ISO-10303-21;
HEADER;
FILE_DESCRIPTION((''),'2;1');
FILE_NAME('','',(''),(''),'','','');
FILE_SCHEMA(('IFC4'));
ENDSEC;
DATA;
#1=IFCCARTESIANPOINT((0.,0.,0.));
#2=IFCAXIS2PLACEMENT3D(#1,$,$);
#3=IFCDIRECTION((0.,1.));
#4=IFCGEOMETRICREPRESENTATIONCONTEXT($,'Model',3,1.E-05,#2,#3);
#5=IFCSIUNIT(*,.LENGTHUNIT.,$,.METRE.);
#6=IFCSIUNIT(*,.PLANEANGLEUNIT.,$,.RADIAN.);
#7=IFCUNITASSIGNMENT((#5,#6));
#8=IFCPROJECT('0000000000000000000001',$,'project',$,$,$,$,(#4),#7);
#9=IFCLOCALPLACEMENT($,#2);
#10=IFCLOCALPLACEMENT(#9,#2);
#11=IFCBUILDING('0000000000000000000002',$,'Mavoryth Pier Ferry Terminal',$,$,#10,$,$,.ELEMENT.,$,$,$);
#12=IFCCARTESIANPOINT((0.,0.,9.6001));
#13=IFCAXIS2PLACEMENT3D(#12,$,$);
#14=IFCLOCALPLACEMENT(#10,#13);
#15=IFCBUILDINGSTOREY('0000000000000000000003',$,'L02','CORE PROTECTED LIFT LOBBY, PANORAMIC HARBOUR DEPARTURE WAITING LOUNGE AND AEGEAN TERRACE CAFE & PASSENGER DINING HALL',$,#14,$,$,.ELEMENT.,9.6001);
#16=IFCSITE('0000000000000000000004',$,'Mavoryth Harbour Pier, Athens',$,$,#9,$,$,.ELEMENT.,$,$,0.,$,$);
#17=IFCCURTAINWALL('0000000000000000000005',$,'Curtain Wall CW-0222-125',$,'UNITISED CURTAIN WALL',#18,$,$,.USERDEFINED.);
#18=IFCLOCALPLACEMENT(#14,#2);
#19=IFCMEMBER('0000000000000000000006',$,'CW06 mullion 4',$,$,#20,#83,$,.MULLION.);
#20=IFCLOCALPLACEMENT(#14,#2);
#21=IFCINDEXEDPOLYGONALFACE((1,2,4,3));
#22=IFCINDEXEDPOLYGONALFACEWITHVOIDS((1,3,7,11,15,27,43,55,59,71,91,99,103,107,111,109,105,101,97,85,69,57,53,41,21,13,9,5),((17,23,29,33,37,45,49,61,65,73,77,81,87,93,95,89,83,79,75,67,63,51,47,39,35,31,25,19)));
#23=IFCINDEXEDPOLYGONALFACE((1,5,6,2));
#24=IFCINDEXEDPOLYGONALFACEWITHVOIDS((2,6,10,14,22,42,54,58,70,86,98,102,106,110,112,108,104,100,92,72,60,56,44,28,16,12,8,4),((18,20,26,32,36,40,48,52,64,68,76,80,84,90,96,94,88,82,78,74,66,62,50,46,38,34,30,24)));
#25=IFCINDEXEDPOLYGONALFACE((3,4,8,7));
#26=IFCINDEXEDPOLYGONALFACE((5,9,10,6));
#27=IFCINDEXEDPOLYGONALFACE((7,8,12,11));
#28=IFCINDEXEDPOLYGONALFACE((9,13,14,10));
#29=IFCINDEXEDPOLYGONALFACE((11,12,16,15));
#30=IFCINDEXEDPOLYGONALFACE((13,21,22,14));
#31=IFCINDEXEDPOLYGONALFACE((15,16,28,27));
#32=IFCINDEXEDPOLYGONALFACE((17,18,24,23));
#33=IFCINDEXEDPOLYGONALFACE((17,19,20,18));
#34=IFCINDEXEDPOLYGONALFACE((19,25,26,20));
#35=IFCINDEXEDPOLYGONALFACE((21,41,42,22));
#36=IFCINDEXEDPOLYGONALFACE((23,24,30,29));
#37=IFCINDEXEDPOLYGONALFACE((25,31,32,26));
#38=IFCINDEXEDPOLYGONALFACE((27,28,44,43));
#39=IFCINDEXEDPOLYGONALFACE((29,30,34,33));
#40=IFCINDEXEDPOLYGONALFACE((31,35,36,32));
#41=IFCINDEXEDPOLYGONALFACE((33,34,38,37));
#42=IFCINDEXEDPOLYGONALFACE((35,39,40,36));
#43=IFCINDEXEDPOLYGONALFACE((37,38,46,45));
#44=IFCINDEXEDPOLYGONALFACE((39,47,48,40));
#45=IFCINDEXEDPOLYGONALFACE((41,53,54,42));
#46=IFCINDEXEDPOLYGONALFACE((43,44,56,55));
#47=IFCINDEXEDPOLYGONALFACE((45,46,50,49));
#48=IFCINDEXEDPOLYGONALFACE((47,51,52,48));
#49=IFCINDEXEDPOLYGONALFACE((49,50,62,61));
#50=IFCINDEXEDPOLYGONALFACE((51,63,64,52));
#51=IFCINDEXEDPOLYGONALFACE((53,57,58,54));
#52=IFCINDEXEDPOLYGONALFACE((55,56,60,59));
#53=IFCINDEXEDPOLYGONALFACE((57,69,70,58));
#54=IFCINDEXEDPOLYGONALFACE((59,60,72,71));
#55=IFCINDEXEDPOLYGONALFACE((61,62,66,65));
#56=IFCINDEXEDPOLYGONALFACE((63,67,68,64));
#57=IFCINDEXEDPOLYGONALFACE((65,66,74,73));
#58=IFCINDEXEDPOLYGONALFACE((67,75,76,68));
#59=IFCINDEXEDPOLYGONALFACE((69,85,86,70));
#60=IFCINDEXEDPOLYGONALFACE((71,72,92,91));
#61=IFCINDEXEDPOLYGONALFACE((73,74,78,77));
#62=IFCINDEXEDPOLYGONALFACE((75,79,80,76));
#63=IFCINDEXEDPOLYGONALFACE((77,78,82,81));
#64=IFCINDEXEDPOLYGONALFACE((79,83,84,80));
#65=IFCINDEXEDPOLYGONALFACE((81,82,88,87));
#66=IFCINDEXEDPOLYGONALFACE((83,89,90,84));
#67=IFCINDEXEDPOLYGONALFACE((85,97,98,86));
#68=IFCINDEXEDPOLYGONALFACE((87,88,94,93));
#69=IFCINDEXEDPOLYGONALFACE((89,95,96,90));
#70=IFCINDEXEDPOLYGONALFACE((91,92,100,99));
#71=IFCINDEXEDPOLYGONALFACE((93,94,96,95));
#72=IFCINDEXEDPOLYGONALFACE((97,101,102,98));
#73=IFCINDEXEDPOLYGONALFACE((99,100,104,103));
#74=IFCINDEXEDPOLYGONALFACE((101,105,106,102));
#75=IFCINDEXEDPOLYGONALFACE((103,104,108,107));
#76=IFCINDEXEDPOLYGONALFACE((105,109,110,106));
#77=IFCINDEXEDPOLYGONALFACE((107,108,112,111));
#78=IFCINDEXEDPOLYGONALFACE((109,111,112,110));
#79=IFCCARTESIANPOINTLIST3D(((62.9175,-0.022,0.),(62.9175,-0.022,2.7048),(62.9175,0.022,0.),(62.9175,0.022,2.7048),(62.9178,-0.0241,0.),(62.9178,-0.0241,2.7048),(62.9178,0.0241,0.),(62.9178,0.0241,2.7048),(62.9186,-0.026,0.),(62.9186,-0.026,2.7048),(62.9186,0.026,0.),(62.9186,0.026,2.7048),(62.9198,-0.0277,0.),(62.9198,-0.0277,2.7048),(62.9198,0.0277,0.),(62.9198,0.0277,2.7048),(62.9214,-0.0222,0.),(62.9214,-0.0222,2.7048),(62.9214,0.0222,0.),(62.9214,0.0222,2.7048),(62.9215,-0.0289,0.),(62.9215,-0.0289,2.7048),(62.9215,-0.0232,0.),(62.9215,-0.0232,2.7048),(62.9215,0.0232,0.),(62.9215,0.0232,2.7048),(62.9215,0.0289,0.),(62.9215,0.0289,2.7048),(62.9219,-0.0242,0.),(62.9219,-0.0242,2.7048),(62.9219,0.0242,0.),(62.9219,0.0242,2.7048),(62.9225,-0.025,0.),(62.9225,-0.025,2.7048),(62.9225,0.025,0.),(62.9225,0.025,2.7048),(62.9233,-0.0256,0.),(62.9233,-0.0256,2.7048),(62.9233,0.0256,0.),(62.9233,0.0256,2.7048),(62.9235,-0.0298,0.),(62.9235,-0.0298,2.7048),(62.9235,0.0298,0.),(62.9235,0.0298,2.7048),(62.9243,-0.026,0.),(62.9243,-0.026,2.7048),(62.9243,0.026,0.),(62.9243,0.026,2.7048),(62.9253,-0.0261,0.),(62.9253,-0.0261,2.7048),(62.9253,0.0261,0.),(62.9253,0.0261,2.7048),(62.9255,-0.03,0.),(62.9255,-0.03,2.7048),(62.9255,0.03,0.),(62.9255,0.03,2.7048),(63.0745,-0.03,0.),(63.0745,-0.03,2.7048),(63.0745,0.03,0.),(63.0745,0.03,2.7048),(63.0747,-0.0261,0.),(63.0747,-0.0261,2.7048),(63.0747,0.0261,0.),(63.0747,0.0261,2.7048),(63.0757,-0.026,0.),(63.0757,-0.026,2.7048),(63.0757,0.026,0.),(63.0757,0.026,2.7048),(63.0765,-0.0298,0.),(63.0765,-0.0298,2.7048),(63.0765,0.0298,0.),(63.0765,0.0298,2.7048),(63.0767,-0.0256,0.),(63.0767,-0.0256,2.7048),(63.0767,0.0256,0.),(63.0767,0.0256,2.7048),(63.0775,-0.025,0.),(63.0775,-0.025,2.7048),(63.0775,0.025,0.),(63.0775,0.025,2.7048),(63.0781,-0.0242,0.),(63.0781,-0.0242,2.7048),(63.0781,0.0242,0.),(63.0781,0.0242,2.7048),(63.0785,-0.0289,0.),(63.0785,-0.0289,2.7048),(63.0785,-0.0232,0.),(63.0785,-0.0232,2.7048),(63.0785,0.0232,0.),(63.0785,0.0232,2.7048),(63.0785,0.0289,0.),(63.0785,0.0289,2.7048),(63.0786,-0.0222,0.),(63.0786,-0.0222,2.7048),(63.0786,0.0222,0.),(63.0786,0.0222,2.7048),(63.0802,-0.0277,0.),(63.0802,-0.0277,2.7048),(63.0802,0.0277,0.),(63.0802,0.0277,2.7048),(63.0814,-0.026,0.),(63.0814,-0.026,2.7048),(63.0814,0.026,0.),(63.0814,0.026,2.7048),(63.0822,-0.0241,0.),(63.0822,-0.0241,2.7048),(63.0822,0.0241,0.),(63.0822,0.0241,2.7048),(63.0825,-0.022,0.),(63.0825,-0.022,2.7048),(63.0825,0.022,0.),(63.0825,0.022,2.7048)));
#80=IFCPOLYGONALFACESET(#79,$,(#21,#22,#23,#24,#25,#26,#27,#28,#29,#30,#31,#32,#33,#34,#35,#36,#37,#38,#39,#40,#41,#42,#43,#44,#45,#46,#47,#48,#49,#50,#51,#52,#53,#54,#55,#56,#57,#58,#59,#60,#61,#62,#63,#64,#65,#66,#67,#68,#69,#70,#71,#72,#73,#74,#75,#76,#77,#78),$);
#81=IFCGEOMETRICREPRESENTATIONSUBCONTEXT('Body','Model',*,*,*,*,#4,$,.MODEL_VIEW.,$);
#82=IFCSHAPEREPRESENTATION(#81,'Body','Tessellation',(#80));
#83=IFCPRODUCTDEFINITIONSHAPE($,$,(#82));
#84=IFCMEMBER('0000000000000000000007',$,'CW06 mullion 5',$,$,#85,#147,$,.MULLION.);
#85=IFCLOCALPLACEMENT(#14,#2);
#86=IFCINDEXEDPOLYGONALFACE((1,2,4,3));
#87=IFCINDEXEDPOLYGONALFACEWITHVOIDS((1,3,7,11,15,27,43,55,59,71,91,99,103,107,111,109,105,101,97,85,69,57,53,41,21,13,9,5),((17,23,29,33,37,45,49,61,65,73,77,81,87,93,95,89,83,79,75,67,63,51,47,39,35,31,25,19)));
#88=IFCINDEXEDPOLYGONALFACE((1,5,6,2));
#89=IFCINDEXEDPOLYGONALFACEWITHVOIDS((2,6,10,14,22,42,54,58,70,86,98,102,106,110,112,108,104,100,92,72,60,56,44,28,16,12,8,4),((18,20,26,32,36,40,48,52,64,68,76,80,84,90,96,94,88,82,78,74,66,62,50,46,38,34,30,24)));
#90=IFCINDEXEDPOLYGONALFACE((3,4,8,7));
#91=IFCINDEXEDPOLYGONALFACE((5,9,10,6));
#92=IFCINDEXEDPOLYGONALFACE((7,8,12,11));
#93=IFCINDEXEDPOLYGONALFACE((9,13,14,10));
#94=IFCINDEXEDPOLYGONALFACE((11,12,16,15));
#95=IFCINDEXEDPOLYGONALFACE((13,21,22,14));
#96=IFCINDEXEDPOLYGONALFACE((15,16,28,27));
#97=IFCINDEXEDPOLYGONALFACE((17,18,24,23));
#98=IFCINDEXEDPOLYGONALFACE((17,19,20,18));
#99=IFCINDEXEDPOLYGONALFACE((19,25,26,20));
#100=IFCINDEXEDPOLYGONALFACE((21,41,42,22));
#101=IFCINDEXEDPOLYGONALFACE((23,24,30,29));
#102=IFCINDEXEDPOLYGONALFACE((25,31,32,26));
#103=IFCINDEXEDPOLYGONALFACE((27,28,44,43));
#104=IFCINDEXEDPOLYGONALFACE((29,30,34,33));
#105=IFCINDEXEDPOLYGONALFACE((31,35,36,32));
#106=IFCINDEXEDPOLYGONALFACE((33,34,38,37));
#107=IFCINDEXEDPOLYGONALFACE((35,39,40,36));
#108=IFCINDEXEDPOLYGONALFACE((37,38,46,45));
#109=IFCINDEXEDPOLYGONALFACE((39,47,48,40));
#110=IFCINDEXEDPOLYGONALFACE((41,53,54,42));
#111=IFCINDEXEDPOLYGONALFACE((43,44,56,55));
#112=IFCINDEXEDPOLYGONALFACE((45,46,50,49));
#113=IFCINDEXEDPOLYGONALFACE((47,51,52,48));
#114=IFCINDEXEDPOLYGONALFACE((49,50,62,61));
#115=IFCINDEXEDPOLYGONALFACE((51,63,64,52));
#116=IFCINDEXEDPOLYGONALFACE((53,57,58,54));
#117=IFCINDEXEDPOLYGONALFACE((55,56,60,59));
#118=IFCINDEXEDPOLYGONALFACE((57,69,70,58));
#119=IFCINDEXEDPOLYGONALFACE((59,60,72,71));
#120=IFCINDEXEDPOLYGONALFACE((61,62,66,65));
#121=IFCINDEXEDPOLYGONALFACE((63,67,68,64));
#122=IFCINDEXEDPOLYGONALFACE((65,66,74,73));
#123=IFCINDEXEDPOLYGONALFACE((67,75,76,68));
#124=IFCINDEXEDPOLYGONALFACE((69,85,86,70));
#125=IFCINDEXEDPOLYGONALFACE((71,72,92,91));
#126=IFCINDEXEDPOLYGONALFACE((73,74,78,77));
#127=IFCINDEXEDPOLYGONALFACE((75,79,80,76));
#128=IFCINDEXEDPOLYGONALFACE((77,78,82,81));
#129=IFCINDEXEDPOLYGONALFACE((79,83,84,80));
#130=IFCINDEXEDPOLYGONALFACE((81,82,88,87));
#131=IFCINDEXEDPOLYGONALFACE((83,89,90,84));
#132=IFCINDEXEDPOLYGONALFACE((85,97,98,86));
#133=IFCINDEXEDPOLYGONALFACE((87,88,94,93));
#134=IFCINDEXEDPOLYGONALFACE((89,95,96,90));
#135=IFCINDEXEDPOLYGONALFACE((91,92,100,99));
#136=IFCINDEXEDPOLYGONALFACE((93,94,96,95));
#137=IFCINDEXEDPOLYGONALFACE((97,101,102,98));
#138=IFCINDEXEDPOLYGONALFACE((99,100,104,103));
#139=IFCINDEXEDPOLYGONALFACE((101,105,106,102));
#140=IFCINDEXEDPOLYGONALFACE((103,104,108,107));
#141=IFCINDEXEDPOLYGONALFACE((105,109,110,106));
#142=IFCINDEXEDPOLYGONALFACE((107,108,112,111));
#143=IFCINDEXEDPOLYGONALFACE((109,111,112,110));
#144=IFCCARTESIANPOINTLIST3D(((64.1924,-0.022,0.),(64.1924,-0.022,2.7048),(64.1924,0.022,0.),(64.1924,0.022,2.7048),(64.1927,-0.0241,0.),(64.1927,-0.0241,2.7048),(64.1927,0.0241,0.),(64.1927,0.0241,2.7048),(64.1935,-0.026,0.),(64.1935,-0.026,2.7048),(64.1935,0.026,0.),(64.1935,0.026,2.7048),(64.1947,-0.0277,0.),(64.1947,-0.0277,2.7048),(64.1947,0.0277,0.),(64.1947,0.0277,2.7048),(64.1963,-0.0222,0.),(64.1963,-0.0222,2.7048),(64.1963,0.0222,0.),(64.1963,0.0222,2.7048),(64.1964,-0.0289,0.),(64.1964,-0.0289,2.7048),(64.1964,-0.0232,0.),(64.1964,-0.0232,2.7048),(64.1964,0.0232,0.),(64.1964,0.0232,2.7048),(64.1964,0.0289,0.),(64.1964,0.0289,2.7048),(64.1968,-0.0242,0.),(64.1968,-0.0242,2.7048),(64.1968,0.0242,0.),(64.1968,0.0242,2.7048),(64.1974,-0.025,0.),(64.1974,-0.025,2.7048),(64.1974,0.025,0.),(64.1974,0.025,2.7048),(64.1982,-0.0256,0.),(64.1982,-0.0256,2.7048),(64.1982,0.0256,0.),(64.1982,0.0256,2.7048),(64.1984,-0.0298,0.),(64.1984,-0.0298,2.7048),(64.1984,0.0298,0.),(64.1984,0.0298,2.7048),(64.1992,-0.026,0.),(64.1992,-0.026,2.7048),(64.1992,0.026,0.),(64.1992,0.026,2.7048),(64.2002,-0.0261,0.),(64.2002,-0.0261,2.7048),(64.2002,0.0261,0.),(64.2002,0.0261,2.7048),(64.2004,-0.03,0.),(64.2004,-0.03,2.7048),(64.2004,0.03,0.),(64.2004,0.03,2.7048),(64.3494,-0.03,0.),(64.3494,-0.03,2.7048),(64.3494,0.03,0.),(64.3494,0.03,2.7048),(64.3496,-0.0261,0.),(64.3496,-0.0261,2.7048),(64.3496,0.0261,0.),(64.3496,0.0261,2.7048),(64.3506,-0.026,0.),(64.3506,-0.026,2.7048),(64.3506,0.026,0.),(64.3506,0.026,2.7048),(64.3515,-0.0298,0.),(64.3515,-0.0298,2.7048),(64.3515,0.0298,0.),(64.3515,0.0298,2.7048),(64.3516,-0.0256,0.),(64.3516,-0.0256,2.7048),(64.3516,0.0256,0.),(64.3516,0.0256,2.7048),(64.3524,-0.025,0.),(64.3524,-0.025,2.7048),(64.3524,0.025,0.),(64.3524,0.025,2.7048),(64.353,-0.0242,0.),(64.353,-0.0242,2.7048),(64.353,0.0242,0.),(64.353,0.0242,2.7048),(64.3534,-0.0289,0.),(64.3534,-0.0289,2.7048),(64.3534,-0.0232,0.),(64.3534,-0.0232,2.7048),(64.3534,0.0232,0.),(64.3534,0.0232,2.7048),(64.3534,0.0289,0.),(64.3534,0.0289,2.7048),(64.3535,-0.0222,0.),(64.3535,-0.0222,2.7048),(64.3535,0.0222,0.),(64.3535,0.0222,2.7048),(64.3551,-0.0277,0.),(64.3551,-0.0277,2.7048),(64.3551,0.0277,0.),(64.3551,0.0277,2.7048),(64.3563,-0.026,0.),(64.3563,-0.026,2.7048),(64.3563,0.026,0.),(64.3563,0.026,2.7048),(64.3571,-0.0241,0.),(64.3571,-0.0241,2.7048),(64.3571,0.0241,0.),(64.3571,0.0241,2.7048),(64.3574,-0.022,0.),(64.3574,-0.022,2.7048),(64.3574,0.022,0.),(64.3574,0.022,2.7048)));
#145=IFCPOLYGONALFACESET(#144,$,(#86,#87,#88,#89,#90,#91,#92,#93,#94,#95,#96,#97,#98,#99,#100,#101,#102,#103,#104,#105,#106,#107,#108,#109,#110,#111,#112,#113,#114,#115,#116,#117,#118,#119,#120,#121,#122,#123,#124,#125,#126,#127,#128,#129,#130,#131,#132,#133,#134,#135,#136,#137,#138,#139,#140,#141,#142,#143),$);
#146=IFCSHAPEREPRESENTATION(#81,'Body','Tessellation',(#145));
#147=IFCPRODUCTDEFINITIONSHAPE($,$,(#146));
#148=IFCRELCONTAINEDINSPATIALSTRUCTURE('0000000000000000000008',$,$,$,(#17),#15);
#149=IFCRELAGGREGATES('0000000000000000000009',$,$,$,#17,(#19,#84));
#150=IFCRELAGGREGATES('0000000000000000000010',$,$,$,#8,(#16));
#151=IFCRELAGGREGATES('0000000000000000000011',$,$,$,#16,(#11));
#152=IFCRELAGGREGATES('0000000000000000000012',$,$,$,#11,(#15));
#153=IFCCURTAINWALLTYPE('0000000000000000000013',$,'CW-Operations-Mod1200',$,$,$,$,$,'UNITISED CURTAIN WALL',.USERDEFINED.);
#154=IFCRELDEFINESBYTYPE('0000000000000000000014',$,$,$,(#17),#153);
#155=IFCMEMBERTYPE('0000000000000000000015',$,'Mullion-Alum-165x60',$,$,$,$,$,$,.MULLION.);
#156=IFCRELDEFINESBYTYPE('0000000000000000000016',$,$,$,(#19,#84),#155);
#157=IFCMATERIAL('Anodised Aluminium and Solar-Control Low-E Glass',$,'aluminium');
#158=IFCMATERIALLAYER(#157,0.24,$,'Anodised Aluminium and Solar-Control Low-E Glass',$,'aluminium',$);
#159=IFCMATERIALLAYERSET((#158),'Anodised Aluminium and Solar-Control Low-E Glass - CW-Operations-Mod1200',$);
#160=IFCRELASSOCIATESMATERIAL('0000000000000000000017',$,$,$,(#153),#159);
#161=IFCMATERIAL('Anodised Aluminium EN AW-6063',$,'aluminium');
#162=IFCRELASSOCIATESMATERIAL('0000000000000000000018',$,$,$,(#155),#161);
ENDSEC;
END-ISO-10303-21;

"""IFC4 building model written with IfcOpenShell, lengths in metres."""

from ifc_helpers import new_model, si_unit, direction, frame, origin, origin_2d, place, context, subcontext, project, spatial, hollow_rectangle, extrude, material, layer, layer_set, material_profile, profile_set, type_object, element, aggregate, save


model = new_model("IFC4")

# Units and contexts
model_context = context("Model", 3, precision=1e-05, world=origin(), true_north=direction((0.0, 1.0)))
body_context = subcontext(model_context, "Body", "Model", "MODEL_VIEW")
ifc_project = project(units=[si_unit("LENGTHUNIT", "METRE"), si_unit("PLANEANGLEUNIT", "RADIAN")], contexts=[model_context])

# Site, building, storey
site_placement = place(None, origin())
site = spatial("IfcSite", under=ifc_project, at=site_placement, Name="Mavoryth Harbour Pier, Athens", CompositionType="ELEMENT", RefElevation=0.0)
building_placement = place(site_placement, origin())
building = spatial("IfcBuilding", under=site, at=building_placement, Name="Mavoryth Pier Ferry Terminal", CompositionType="ELEMENT")
storey_placement = place(building_placement, frame((0.0, 0.0, 9.6001)))
storey = spatial("IfcBuildingStorey", under=building, at=storey_placement, Name="L02", Description="CORE PROTECTED LIFT LOBBY, PANORAMIC HARBOUR DEPARTURE WAITING LOUNGE AND AEGEAN TERRACE CAFE & PASSENGER DINING HALL", CompositionType="ELEMENT", Elevation=9.6001)

# Shared definitions
ifc_material_1 = material(Name="Anodised Aluminium and Solar-Control Low-E Glass", Category="aluminium")
ifc_layer_1 = layer(ifc_material_1, 0.24, Name="Anodised Aluminium and Solar-Control Low-E Glass", Category="aluminium")
ifc_layer_set_1 = layer_set([ifc_layer_1], Name="Anodised Aluminium and Solar-Control Low-E Glass - CW-Operations-Mod1200")
curtain_wall_type = type_object("IfcCurtainWallType", Name="CW-Operations-Mod1200", ElementType="UNITISED CURTAIN WALL", PredefinedType="USERDEFINED", material=ifc_layer_set_1)
ifc_material_2 = material(Name="Anodised Aluminium EN AW-6063", Category="aluminium")
ifc_material_profile_1 = material_profile(ifc_material_2, hollow_rectangle(XDim=0.0601, YDim=0.165, WallThickness=0.0039, InnerFilletRadius=0.0039, OuterFilletRadius=0.0081, at=origin_2d()), Name="AL-MULL 165x60x4", Category="aluminium")
ifc_profile_set_1 = profile_set([ifc_material_profile_1], Name="Anodised Aluminium EN AW-6063 - AL-MULL 165x60x4")
member_type_1 = type_object("IfcMemberType", Name="Mullion-Alum-165x60", PredefinedType="MULLION", material=ifc_profile_set_1)

# Curtain wall, members
curtain_wall_1_placement = place(storey_placement, origin())
curtain_wall_1 = element("IfcCurtainWall", 1, at=curtain_wall_1_placement, inside=storey, type_object=curtain_wall_type, Name="Curtain Wall CW-0222-125", ObjectType="UNITISED CURTAIN WALL", PredefinedType="USERDEFINED")
member_1_placement = place(storey_placement, frame((63.0, 0.0, 0.0), z_axis=(0.0, 0.0, 1.0), x_axis=(0.0, 1.0, 0.0)))
member_1 = element("IfcMember", 2, at=member_1_placement, type_object=member_type_1, Name="CW06 mullion 4", PredefinedType="MULLION", context=body_context, shape_type="SweptSolid", body=[
    extrude(hollow_rectangle(XDim=0.0601, YDim=0.165, WallThickness=0.0039, InnerFilletRadius=0.0039, OuterFilletRadius=0.0081, at=origin_2d()), origin(), (0.0, 0.0, 1.0), 2.7048),
])
member_2_placement = place(storey_placement, frame((64.2749, 0.0, 0.0), z_axis=(0.0, 0.0, 1.0), x_axis=(0.0, 1.0, 0.0)))
member_2 = element("IfcMember", 3, at=member_2_placement, type_object=member_type_1, Name="CW06 mullion 5", PredefinedType="MULLION", context=body_context, shape_type="SweptSolid", body=[
    extrude(hollow_rectangle(XDim=0.0601, YDim=0.165, WallThickness=0.0039, InnerFilletRadius=0.0039, OuterFilletRadius=0.0081, at=origin_2d()), origin(), (0.0, 0.0, 1.0), 2.7048),
])

aggregate(curtain_wall_1, [member_1, member_2])

save(model, "model.ifc")
